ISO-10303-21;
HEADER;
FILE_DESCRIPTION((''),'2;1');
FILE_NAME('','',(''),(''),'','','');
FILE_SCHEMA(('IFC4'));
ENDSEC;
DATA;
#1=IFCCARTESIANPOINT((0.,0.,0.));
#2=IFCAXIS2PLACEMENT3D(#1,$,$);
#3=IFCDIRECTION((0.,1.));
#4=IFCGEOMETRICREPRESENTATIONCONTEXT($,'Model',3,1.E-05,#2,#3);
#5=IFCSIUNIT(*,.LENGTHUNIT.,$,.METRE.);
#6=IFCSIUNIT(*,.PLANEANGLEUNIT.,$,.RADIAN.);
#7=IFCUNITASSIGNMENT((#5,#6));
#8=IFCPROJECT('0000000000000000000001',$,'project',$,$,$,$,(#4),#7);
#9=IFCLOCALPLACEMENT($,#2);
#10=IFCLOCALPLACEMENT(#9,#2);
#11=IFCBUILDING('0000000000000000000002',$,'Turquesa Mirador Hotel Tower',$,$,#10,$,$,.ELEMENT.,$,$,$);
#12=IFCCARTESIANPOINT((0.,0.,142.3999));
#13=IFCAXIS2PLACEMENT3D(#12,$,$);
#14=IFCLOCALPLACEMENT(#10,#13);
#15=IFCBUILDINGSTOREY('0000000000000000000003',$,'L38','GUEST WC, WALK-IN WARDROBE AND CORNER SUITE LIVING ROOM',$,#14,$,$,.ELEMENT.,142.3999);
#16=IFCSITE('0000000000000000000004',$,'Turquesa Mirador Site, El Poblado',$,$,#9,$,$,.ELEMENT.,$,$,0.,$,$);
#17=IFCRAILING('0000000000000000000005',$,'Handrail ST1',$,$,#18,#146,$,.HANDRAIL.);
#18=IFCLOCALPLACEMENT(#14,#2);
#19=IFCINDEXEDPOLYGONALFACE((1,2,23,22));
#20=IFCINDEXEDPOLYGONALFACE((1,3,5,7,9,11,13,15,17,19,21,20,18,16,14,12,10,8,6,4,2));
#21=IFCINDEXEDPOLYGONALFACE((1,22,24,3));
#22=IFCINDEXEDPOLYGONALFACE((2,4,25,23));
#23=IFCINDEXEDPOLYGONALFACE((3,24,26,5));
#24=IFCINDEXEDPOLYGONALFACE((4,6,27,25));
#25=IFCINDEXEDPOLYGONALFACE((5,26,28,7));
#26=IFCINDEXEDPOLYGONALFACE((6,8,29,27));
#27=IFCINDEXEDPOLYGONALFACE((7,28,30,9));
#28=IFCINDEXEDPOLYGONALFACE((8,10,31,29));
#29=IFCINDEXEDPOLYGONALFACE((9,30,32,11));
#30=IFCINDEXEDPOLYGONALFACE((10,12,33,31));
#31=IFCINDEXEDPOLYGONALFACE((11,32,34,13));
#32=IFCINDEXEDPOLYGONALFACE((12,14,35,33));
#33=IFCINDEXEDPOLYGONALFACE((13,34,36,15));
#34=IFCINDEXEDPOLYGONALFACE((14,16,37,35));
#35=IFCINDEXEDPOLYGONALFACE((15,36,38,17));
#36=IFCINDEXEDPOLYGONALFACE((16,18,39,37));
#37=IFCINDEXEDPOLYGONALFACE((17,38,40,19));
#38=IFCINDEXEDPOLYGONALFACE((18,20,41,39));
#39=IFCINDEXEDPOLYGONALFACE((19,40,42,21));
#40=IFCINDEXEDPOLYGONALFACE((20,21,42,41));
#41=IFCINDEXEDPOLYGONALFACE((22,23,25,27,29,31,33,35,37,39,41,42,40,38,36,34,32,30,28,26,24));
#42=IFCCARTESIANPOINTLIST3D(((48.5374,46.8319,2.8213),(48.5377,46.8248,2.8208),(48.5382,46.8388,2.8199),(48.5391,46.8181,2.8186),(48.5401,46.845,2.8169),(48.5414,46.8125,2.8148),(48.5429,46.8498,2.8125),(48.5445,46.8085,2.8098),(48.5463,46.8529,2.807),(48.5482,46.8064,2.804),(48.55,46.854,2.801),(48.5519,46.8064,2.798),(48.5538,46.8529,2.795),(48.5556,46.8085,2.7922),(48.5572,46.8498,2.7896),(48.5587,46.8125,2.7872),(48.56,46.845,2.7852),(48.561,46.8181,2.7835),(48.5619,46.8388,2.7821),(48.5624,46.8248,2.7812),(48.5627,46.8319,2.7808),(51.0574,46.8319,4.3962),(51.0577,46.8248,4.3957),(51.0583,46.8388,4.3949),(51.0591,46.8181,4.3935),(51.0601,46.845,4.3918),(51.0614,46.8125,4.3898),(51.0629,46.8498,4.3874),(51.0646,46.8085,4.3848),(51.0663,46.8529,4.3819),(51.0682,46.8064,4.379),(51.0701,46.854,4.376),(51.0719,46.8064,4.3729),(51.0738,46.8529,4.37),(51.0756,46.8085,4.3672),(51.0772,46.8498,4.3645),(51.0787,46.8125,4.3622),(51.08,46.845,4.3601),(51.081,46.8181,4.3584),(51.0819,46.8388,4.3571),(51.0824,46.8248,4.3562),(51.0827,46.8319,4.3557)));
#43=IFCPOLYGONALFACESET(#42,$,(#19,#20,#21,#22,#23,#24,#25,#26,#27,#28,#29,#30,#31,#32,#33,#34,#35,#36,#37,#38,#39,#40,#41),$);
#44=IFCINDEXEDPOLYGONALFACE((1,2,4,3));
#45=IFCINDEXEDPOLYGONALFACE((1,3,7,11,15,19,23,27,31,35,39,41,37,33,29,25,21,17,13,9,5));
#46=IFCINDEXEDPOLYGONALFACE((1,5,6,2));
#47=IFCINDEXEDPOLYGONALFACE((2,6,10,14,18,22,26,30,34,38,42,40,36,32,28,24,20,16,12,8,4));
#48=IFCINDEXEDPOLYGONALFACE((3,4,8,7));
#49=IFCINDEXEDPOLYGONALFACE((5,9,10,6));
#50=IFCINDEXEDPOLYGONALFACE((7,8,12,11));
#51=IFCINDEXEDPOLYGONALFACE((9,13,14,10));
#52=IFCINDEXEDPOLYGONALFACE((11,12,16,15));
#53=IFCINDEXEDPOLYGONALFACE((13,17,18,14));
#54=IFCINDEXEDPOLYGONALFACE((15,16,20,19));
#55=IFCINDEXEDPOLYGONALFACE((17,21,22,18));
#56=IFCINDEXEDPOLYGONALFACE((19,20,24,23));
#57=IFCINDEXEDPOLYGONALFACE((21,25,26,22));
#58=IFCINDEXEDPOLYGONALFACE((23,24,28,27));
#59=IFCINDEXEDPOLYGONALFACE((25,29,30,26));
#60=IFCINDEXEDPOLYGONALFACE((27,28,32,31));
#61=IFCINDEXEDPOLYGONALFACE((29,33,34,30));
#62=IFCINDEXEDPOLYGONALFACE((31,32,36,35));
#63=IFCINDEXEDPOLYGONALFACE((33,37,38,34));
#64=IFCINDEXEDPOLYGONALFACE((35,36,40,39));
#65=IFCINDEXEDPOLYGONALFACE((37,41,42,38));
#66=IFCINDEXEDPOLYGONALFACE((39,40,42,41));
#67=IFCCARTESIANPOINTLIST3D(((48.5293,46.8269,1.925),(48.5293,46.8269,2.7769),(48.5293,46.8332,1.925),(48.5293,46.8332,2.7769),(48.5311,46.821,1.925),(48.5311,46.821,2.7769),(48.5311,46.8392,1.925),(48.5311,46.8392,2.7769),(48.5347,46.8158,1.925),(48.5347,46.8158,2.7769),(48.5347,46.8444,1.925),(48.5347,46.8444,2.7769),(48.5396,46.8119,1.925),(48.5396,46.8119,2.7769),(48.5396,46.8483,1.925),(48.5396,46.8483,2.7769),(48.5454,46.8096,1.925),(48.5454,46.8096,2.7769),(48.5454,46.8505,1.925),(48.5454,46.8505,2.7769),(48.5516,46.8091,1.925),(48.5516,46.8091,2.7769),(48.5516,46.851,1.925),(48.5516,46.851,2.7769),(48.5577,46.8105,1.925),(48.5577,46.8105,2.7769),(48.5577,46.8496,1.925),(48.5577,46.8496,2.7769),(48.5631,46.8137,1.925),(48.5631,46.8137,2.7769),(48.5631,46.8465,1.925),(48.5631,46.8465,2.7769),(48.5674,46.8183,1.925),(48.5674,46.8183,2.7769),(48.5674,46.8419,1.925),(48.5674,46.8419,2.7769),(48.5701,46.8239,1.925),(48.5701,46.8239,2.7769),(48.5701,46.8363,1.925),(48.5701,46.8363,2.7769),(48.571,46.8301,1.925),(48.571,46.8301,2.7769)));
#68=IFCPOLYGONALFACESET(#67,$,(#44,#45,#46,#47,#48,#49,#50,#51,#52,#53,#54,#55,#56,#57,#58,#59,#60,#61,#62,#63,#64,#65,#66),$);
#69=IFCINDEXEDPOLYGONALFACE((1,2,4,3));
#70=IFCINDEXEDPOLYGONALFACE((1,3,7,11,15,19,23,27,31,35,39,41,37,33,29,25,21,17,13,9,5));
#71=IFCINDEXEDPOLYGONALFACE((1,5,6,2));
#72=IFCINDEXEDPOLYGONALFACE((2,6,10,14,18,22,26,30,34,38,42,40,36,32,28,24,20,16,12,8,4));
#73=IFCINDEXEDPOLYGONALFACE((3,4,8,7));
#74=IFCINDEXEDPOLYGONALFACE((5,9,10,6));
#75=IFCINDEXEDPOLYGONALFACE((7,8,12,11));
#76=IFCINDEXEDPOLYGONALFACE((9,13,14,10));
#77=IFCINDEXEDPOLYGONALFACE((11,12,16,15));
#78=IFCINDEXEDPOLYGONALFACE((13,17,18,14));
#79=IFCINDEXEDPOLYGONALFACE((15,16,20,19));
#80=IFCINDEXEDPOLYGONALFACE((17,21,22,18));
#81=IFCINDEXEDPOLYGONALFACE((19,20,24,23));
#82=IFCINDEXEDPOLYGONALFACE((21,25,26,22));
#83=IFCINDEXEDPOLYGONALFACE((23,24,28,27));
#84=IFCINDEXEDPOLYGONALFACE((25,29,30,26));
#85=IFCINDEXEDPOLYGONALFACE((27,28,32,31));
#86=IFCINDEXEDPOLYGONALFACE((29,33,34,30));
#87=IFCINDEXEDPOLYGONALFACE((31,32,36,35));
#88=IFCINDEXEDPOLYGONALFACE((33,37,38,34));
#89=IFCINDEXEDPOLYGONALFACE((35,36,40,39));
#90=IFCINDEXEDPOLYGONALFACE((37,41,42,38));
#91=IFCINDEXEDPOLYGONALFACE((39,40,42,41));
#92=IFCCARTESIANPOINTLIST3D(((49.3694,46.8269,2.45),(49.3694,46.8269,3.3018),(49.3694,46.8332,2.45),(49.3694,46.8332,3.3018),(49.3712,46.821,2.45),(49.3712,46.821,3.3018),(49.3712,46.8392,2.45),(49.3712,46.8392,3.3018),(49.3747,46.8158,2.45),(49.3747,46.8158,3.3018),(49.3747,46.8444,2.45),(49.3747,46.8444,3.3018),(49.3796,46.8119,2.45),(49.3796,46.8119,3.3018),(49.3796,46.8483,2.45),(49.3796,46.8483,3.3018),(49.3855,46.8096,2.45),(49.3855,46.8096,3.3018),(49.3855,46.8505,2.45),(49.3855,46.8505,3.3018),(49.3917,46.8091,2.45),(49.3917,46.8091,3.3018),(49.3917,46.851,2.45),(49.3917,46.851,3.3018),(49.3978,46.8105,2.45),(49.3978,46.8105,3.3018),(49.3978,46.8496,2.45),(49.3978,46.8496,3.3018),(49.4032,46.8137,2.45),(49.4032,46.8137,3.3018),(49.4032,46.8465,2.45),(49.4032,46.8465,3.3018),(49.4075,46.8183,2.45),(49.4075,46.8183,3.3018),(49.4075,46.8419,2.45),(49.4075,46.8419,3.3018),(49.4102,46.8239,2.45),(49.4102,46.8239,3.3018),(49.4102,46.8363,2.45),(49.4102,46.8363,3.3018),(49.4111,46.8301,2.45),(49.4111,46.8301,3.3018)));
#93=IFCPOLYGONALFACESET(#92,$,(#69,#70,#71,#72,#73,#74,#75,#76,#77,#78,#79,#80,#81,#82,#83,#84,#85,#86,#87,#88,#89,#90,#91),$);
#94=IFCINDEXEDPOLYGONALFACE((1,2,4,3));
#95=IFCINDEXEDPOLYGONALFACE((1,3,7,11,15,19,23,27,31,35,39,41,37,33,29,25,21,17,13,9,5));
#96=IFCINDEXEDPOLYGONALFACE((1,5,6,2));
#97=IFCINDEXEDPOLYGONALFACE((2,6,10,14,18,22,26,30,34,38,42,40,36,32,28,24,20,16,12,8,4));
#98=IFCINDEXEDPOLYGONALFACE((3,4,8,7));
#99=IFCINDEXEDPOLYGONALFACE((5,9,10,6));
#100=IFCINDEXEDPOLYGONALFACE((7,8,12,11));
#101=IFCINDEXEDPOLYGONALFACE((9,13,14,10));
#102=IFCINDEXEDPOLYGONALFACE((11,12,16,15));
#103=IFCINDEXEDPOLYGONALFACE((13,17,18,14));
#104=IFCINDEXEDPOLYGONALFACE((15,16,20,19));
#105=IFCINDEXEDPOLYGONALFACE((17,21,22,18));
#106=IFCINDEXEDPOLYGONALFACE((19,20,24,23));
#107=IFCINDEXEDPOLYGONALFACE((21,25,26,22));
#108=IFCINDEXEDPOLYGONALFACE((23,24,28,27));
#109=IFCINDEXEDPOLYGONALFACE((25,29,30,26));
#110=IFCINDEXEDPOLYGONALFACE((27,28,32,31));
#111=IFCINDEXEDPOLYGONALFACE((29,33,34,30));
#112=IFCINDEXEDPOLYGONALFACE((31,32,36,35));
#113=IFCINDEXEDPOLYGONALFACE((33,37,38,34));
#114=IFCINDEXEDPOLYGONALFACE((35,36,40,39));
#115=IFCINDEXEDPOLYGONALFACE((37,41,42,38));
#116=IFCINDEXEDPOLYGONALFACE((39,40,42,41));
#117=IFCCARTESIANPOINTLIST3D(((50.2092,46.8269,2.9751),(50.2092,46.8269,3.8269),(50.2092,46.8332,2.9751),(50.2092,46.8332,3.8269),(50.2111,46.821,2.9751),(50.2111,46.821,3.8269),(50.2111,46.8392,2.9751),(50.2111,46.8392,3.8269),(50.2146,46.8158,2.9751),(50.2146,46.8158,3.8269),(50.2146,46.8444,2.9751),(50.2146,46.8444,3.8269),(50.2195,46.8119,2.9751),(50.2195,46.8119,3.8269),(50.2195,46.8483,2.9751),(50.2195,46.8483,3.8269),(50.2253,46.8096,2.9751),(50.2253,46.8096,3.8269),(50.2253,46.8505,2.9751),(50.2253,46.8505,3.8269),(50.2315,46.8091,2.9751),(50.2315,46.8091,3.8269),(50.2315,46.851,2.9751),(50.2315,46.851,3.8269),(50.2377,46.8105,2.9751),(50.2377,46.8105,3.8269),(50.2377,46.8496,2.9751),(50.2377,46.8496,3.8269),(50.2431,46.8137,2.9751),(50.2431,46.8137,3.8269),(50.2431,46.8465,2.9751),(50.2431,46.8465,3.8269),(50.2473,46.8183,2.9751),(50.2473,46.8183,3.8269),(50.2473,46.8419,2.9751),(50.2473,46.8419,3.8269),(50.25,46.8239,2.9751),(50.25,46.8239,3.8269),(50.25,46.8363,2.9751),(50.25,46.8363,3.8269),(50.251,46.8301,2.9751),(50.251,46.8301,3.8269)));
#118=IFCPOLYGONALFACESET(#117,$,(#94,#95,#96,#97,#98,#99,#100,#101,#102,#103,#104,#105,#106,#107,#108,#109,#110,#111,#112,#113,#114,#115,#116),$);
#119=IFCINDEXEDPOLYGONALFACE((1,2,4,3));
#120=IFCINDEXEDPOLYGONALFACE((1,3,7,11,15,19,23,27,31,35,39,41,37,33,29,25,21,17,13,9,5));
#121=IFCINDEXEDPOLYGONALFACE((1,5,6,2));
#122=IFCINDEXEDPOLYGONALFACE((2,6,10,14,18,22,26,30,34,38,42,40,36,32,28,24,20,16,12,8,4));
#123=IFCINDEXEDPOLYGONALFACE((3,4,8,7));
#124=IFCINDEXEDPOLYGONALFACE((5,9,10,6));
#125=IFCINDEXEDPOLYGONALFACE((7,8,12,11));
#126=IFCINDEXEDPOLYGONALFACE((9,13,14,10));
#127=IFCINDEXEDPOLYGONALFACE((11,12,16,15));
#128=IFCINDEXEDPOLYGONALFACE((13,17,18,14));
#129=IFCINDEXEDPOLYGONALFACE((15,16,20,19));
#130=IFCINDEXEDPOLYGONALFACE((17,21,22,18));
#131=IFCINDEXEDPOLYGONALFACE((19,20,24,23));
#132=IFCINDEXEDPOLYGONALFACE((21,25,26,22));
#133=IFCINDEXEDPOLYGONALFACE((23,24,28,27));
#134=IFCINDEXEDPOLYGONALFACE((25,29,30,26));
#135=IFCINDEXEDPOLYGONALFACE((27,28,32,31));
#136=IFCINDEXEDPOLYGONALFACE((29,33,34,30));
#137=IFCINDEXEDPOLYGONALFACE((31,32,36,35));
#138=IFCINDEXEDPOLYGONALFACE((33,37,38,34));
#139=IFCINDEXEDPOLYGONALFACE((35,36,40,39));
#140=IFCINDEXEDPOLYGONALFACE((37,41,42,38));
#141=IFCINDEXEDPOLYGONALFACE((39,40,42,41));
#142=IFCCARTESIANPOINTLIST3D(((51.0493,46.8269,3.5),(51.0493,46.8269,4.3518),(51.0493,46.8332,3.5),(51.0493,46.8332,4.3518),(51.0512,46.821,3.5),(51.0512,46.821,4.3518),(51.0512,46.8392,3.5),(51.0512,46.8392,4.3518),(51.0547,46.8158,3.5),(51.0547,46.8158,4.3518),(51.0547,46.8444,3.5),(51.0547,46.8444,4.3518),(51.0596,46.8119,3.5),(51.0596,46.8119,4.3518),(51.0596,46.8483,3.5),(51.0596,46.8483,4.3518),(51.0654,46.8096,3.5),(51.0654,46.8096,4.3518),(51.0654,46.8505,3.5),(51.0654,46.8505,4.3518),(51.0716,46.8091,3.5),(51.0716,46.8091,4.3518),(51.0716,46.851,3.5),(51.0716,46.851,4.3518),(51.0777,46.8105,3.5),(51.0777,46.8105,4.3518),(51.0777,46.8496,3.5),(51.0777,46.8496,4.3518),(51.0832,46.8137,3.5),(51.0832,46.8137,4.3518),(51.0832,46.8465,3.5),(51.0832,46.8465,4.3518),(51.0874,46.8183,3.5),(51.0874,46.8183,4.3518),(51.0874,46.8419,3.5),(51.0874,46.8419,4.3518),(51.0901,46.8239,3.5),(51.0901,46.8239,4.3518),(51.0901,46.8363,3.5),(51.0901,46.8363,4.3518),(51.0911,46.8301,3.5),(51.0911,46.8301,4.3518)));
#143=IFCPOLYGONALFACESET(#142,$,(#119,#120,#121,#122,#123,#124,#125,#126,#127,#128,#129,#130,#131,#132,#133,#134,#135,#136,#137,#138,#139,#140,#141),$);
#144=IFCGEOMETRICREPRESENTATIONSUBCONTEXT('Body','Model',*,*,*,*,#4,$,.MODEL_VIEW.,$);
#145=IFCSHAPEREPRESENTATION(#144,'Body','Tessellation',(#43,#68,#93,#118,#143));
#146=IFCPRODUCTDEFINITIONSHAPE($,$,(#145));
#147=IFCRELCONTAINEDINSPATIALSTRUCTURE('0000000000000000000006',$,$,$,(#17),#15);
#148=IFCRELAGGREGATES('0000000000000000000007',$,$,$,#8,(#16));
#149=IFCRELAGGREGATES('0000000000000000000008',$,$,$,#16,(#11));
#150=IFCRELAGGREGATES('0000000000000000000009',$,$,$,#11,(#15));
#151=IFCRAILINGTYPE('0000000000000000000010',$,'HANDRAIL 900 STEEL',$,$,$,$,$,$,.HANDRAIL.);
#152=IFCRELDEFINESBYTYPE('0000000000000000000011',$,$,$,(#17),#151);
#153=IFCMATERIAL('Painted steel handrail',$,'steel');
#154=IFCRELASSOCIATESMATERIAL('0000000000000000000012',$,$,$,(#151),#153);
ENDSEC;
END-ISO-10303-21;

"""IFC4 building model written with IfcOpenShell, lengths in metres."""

from ifc_helpers import new_model, si_unit, direction, frame, origin, origin_2d, place, context, subcontext, project, spatial, circle, extrude, material, type_object, element, save


model = new_model("IFC4")

# Units and contexts
model_context = context("Model", 3, precision=1e-05, world=origin(), true_north=direction((0.0, 1.0)))
body_context = subcontext(model_context, "Body", "Model", "MODEL_VIEW")
ifc_project = project(units=[si_unit("LENGTHUNIT", "METRE"), si_unit("PLANEANGLEUNIT", "RADIAN")], contexts=[model_context])

# Site, building, storey
site_placement = place(None, origin())
site = spatial("IfcSite", under=ifc_project, at=site_placement, Name="Turquesa Mirador Site, El Poblado", CompositionType="ELEMENT", RefElevation=0.0)
building_placement = place(site_placement, origin())
building = spatial("IfcBuilding", under=site, at=building_placement, Name="Turquesa Mirador Hotel Tower", CompositionType="ELEMENT")
storey_placement = place(building_placement, frame((0.0, 0.0, 142.3999)))
storey = spatial("IfcBuildingStorey", under=building, at=storey_placement, Name="L38", Description="GUEST WC, WALK-IN WARDROBE AND CORNER SUITE LIVING ROOM", CompositionType="ELEMENT", Elevation=142.3999)

# Railing
ifc_material_1 = material(Name="Painted steel handrail", Category="steel")
railing_type = type_object("IfcRailingType", Name="HANDRAIL 900 STEEL", PredefinedType="HANDRAIL", material=ifc_material_1)
for number, where, name in (
    (1, (48.55, 46.8301, 1.925), "Handrail ST1"),
):
    element("IfcRailing", number, at=place(storey_placement, frame(where)), inside=storey, type_object=railing_type, Name=name, PredefinedType="HANDRAIL", context=body_context, shape_type="SweptSolid", body=[
        extrude(circle(Radius=0.0239, at=origin_2d()), frame((0.0, 0.0, 0.876), z_axis=(0.848008, 0.0, 0.529984), x_axis=(0.0, 1.0, 0.0)), (0.0, 0.0, 1.0), 2.9717),
        extrude(circle(Radius=0.021, at=origin_2d()), origin(), (0.0, 0.0, 1.0), 0.8518),
        extrude(circle(Radius=0.021, at=origin_2d()), frame((0.8401, 0.0, 0.5249)), (0.0, 0.0, 1.0), 0.8518),
        extrude(circle(Radius=0.021, at=origin_2d()), frame((1.6799, 0.0, 1.05)), (0.0, 0.0, 1.0), 0.8518),
        extrude(circle(Radius=0.021, at=origin_2d()), frame((2.52, 0.0, 1.575)), (0.0, 0.0, 1.0), 0.8518),
    ])

save(model, "model.ifc")
